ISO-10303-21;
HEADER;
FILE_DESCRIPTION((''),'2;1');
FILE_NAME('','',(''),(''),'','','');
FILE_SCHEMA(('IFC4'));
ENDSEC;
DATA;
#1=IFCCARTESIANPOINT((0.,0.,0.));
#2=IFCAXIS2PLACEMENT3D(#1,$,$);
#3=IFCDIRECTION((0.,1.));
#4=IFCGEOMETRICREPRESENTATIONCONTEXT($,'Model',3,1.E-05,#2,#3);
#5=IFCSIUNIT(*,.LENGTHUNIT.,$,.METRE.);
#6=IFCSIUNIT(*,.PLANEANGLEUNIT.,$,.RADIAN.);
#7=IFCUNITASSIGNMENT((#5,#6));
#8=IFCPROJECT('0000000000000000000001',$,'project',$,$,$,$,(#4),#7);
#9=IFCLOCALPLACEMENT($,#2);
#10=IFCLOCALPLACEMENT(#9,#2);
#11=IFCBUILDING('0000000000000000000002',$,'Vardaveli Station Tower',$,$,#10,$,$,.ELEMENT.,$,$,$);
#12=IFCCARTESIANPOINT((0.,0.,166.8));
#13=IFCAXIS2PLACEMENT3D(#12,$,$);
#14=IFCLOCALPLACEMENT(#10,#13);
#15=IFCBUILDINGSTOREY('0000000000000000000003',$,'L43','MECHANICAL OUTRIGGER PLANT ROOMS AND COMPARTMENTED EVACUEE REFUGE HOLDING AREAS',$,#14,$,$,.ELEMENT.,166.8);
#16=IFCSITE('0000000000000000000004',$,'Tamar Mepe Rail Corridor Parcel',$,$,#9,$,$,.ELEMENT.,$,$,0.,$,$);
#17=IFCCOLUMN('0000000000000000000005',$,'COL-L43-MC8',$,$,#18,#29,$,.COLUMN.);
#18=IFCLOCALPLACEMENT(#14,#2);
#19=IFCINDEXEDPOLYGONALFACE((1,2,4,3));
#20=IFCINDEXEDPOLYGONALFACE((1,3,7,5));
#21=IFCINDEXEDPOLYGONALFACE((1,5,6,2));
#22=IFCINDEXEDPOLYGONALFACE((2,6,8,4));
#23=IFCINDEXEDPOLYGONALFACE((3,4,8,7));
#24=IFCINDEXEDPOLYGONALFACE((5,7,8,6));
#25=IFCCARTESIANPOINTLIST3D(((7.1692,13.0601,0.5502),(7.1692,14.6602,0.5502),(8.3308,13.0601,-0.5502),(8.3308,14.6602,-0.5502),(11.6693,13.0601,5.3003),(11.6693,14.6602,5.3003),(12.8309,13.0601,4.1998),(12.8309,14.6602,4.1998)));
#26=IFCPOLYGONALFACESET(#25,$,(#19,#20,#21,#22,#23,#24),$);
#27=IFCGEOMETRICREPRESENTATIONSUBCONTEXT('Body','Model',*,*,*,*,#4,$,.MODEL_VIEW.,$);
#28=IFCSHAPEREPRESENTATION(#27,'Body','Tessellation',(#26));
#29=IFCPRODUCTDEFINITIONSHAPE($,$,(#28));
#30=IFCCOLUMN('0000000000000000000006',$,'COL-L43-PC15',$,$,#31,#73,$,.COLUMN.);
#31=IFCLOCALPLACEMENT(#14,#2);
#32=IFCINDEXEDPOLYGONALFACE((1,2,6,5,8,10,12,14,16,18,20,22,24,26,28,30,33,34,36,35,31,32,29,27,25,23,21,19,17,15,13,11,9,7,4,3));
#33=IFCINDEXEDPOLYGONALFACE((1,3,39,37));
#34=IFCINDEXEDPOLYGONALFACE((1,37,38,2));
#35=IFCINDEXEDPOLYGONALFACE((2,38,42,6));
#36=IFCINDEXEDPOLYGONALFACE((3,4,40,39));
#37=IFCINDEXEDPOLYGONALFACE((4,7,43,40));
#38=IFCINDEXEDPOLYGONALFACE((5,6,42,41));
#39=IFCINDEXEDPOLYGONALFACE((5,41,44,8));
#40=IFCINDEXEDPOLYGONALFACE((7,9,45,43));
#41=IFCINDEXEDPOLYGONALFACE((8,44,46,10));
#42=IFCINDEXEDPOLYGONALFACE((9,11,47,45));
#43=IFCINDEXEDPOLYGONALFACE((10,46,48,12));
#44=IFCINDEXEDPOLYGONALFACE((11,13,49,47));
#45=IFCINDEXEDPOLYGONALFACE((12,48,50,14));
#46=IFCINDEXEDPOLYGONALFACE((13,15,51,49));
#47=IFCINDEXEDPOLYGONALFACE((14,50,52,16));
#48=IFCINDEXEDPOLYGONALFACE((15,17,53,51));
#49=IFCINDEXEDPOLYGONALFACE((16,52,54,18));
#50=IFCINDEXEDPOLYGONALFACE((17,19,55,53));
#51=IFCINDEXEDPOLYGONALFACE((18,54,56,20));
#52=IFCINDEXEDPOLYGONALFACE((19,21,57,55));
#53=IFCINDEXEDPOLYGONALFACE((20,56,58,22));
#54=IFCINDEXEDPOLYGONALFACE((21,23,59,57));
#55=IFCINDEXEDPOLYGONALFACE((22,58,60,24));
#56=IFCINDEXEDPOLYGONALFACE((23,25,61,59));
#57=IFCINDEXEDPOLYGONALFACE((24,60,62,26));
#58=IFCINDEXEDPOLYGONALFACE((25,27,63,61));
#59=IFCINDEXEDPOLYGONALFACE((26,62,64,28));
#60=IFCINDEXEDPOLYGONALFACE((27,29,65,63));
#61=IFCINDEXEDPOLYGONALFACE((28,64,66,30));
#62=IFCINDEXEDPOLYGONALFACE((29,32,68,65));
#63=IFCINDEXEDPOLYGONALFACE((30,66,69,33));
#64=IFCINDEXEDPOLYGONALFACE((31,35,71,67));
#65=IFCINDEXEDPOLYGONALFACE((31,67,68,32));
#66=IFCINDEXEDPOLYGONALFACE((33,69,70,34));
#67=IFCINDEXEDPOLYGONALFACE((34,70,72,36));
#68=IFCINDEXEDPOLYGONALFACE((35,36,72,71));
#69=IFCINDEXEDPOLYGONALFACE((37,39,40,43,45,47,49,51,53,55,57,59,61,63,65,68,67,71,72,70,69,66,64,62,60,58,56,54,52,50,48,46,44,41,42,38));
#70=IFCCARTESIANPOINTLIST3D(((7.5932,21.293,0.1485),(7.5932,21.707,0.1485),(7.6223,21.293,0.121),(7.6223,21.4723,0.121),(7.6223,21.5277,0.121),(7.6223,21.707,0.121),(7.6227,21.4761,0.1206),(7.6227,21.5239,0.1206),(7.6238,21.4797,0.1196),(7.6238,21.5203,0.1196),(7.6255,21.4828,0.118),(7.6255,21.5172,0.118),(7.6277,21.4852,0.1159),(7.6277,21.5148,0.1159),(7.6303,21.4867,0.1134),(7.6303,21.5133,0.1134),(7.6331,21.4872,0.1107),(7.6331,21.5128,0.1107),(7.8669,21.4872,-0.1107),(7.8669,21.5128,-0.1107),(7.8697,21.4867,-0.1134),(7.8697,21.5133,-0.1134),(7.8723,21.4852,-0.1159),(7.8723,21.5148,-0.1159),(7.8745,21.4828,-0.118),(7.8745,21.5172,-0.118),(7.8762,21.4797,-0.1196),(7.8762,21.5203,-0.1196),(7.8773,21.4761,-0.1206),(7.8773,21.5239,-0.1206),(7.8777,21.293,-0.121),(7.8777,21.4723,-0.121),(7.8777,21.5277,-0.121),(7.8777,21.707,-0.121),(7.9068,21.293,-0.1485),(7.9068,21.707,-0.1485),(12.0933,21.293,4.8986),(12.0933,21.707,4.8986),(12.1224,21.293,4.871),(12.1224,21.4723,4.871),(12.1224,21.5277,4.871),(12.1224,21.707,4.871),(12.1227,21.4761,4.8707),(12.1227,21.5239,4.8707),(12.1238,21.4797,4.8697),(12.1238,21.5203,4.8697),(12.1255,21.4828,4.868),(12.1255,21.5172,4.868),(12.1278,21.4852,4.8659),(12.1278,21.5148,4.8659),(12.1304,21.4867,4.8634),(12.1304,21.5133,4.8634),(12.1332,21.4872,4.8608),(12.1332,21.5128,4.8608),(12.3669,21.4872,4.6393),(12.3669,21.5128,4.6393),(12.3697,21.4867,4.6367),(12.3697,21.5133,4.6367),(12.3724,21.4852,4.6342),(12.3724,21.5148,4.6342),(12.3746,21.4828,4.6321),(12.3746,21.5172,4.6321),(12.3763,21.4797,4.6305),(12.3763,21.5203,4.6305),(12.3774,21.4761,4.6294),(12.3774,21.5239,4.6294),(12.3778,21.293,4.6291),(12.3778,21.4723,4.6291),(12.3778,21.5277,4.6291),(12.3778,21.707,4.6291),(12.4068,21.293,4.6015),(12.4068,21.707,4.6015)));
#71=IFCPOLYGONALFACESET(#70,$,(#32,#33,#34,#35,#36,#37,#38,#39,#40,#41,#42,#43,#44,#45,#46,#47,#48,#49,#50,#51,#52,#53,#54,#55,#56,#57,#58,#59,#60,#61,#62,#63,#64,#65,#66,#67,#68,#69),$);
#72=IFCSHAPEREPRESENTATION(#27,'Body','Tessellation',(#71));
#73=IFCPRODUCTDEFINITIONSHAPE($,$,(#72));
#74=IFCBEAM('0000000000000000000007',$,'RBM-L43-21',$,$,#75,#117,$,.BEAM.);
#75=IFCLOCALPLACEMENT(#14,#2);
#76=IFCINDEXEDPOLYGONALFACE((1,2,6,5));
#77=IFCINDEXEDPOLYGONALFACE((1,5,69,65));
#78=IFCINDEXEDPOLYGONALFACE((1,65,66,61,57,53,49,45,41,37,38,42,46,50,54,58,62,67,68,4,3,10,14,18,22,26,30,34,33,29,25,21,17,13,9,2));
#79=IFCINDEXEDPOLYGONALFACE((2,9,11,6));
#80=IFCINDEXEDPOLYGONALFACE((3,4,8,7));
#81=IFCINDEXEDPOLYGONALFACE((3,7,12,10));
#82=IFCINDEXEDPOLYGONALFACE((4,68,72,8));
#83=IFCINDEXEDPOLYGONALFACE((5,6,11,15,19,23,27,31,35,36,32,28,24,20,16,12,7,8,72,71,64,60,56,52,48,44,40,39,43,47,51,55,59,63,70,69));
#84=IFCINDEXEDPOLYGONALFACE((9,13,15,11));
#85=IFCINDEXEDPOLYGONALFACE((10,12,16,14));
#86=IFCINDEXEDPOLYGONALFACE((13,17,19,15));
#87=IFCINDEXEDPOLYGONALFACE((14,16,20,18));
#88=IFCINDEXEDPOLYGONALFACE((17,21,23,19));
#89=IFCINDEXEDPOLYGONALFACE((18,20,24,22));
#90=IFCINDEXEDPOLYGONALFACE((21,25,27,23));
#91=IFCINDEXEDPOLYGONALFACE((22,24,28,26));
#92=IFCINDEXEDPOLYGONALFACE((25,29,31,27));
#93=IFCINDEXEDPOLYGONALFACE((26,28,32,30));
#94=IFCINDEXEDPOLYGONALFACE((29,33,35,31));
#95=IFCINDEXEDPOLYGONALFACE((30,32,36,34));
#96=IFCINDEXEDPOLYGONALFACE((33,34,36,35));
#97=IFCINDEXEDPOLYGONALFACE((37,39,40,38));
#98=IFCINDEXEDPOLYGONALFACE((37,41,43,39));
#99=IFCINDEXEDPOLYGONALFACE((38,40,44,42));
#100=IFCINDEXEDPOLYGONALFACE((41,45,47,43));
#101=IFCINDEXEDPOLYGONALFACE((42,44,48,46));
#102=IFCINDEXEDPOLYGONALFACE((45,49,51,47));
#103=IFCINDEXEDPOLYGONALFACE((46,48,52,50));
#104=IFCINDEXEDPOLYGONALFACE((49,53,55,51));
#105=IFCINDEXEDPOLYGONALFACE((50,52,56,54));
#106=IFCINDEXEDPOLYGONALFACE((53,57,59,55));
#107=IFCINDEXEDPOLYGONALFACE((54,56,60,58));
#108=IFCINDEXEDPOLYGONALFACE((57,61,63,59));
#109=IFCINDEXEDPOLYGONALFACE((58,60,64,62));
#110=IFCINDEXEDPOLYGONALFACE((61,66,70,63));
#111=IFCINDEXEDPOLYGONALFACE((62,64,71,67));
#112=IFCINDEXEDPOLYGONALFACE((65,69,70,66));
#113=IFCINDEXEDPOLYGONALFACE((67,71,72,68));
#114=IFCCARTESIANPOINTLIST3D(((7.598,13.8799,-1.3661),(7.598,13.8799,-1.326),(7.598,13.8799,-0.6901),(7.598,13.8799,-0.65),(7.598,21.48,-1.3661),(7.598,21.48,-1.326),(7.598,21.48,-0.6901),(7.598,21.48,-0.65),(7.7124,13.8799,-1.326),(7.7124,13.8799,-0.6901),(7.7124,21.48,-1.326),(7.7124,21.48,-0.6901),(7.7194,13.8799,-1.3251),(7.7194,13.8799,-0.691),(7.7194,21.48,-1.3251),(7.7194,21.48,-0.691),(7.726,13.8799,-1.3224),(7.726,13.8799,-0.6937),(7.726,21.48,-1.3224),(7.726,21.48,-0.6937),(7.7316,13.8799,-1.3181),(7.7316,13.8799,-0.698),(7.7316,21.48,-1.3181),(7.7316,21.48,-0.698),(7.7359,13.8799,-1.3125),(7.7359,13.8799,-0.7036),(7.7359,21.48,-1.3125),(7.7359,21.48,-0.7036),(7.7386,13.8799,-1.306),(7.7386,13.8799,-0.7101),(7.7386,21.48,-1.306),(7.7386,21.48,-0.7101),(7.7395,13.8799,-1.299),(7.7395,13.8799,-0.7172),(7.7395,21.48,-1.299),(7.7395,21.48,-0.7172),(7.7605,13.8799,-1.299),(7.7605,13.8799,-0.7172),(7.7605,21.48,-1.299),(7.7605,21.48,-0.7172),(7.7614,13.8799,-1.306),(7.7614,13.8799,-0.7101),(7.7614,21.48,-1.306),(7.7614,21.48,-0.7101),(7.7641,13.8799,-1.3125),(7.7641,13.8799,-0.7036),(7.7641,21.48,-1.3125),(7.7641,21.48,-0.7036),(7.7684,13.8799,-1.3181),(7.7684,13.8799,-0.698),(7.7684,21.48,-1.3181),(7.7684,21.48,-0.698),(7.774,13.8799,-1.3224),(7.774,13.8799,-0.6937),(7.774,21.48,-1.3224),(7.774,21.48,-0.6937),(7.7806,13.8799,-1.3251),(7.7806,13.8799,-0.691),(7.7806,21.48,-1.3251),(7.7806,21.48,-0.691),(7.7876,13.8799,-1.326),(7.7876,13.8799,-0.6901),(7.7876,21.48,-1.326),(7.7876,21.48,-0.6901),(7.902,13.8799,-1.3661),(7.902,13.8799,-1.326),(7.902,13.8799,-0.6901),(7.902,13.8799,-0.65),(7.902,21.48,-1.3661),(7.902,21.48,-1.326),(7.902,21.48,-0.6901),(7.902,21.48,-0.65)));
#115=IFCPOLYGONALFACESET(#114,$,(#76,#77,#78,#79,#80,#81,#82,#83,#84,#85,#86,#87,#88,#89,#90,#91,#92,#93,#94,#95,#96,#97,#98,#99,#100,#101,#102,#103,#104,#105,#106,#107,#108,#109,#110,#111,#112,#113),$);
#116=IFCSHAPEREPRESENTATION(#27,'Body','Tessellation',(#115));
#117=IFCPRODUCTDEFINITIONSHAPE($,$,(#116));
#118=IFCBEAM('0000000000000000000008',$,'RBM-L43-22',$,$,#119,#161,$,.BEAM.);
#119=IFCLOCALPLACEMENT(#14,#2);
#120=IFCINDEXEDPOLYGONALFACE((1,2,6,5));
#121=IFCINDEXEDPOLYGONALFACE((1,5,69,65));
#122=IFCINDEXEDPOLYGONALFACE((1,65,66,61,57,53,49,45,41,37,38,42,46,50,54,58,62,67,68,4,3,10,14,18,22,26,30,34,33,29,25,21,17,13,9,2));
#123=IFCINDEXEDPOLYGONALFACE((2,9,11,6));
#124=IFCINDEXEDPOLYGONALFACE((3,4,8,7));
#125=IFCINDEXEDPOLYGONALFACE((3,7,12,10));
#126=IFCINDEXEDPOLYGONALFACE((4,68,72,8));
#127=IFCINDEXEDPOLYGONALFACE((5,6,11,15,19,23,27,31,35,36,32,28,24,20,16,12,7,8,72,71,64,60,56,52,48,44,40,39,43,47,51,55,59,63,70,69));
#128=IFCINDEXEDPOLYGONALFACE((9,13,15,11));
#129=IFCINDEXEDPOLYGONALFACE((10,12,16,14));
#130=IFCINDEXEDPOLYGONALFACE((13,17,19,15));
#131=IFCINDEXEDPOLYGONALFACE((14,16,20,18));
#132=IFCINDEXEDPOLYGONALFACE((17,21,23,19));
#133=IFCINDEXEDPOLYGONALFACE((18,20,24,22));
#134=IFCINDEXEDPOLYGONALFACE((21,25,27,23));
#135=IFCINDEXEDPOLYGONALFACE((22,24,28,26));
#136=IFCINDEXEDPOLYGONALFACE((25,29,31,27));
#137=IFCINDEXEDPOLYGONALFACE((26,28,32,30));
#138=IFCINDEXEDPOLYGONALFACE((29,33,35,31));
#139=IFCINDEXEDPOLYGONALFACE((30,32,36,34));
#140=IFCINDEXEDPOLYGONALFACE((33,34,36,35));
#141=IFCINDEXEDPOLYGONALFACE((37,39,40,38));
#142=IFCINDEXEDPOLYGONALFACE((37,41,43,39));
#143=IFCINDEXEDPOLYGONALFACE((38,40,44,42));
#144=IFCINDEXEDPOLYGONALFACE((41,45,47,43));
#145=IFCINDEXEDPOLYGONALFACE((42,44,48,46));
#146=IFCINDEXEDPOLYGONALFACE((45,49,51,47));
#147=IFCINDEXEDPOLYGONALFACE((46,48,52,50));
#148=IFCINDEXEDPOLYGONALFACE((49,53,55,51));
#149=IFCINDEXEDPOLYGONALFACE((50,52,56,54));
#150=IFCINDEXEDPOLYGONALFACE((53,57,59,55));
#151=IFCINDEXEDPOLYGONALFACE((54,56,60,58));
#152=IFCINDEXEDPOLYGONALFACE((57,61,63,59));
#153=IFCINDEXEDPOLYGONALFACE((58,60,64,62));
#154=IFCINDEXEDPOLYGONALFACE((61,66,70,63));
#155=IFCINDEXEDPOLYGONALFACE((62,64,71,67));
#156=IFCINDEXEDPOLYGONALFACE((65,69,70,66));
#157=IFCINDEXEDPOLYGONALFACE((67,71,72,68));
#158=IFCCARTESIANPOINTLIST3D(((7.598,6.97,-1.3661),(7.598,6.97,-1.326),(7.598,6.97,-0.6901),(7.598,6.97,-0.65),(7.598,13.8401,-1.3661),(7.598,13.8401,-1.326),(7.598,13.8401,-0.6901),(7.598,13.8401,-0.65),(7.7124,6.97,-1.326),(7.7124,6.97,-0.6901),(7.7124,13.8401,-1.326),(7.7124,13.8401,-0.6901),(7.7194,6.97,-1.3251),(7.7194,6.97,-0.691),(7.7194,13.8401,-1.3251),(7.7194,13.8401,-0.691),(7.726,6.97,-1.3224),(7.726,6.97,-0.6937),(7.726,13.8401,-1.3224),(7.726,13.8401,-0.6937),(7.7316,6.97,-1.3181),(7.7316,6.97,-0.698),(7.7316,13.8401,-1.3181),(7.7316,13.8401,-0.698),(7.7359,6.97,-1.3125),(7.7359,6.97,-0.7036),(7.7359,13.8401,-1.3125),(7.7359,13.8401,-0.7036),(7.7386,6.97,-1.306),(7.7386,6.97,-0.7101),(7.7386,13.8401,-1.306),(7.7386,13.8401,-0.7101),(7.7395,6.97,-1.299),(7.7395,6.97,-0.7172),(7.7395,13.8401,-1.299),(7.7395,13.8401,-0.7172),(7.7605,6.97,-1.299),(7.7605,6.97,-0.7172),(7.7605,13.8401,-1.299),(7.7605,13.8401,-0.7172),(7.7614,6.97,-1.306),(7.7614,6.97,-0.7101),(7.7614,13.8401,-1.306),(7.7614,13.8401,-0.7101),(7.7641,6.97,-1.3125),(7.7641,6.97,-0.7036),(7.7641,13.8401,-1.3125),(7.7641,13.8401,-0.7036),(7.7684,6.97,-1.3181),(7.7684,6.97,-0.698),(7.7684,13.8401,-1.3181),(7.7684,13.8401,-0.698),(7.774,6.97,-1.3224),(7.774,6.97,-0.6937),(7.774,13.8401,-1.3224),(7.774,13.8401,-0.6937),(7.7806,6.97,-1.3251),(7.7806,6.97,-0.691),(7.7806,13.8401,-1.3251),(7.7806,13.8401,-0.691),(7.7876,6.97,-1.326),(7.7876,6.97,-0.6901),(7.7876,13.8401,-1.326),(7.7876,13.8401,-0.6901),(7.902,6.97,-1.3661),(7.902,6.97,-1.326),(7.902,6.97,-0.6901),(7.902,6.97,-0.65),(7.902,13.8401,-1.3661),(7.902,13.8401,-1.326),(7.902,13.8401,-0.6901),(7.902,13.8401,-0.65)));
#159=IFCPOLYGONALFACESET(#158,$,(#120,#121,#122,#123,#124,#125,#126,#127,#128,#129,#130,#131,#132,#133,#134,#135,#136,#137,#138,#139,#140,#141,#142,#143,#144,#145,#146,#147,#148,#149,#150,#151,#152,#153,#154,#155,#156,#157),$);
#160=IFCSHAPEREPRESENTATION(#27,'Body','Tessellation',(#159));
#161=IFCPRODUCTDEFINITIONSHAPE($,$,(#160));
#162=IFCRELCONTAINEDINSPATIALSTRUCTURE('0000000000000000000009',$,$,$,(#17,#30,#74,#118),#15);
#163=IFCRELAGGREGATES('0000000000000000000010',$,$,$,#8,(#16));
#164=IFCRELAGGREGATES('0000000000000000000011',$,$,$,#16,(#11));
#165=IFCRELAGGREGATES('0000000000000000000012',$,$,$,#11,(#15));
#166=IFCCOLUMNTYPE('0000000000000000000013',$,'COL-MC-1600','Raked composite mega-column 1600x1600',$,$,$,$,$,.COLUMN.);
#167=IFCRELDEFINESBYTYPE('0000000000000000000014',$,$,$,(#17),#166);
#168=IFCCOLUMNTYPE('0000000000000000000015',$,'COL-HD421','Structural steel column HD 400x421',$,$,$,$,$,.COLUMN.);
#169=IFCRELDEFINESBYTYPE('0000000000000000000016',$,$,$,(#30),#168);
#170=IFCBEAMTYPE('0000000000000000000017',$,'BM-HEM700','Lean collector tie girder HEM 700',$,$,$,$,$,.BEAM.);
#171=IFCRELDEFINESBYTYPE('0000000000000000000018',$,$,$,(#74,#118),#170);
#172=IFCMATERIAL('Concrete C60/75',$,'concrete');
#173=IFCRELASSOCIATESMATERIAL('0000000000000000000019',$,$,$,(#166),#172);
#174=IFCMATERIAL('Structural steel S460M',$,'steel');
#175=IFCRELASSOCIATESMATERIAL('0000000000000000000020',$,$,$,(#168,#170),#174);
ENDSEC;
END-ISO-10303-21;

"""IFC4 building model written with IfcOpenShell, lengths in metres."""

from ifc_helpers import new_model, si_unit, direction, frame, origin, origin_2d, place, context, subcontext, project, spatial, rectangle, i_section, extrude, source, transform, mapped, material, material_profile, profile_set, type_object, element, save


model = new_model("IFC4")

# Units and contexts
model_context = context("Model", 3, precision=1e-05, world=origin(), true_north=direction((0.0, 1.0)))
body_context = subcontext(model_context, "Body", "Model", "MODEL_VIEW")
ifc_project = project(units=[si_unit("LENGTHUNIT", "METRE"), si_unit("PLANEANGLEUNIT", "RADIAN")], contexts=[model_context])

# Site, building, storey
site_placement = place(None, origin())
site = spatial("IfcSite", under=ifc_project, at=site_placement, Name="Tamar Mepe Rail Corridor Parcel", CompositionType="ELEMENT", RefElevation=0.0)
building_placement = place(site_placement, origin())
building = spatial("IfcBuilding", under=site, at=building_placement, Name="Vardaveli Station Tower", CompositionType="ELEMENT")
storey_placement = place(building_placement, frame((0.0, 0.0, 166.8)))
storey = spatial("IfcBuildingStorey", under=building, at=storey_placement, Name="L43", Description="MECHANICAL OUTRIGGER PLANT ROOMS AND COMPARTMENTED EVACUEE REFUGE HOLDING AREAS", CompositionType="ELEMENT", Elevation=166.8)

# Columns
ifc_material_1 = material(Name="Concrete C60/75", Category="concrete")
ifc_material_profile_1 = material_profile(ifc_material_1, rectangle(XDim=1.6001, YDim=1.6001, at=origin_2d()), Name="MC 1600x1600")
ifc_profile_set_1 = profile_set([ifc_material_profile_1], Name="Concrete C60/75")
column_type_1 = type_object("IfcColumnType", Name="COL-MC-1600", Description="Raked composite mega-column 1600x1600", PredefinedType="COLUMN", material=ifc_profile_set_1)
shared_shape_1 = source(origin(), body_context, "Body", "SweptSolid", [
    extrude(rectangle(XDim=1.6001, YDim=1.6001, at=origin_2d()), origin(), (0.0, 0.0, 1.0), 6.5432),
])
column_1_placement = place(storey_placement, frame((7.75, 13.8601, 0.0), z_axis=(0.687745, 0.0, 0.725953), x_axis=(0.0, 1.0, 0.0)))
element("IfcColumn", 1, at=column_1_placement, inside=storey, type_object=column_type_1, Name="COL-L43-MC8", PredefinedType="COLUMN", context=body_context, shape_type="MappedRepresentation", body=[
    mapped(shared_shape_1, transform((0.0, 0.0, 0.0), scale=1.0)),
])
ifc_material_2 = material(Name="Structural steel S460M", Category="steel")
ifc_material_profile_2 = material_profile(ifc_material_2, i_section(OverallWidth=0.4141, OverallDepth=0.4319, WebThickness=0.0256, FlangeThickness=0.04, FilletRadius=0.0149, at=origin_2d()), Name="HD 400x421")
ifc_profile_set_2 = profile_set([ifc_material_profile_2], Name="Structural steel S460M")
column_type_2 = type_object("IfcColumnType", Name="COL-HD421", Description="Structural steel column HD 400x421", PredefinedType="COLUMN", material=ifc_profile_set_2)
shared_shape_2 = source(origin(), body_context, "Body", "SweptSolid", [
    extrude(i_section(OverallWidth=0.4141, OverallDepth=0.4319, WebThickness=0.0256, FlangeThickness=0.04, FilletRadius=0.0149, at=origin_2d()), origin(), (0.0, 0.0, 1.0), 6.5432),
])
column_2_placement = place(storey_placement, frame((7.75, 21.5, 0.0), z_axis=(0.687745, 0.0, 0.725953), x_axis=(0.0, 1.0, 0.0)))
element("IfcColumn", 2, at=column_2_placement, inside=storey, type_object=column_type_2, Name="COL-L43-PC15", PredefinedType="COLUMN", context=body_context, shape_type="MappedRepresentation", body=[
    mapped(shared_shape_2, transform((0.0, 0.0, 0.0), scale=1.0)),
])

# Beams
ifc_material_profile_3 = material_profile(ifc_material_2, i_section(OverallWidth=0.304, OverallDepth=0.7161, WebThickness=0.021, FlangeThickness=0.04, FilletRadius=0.0271, at=origin_2d()), Name="HEM 700")
ifc_profile_set_3 = profile_set([ifc_material_profile_3], Name="Structural steel S460M")
beam_type_1 = type_object("IfcBeamType", Name="BM-HEM700", Description="Lean collector tie girder HEM 700", PredefinedType="BEAM", material=ifc_profile_set_3)
shared_shape_3 = source(origin(), body_context, "Body", "SweptSolid", [
    extrude(i_section(OverallWidth=0.304, OverallDepth=0.7161, WebThickness=0.021, FlangeThickness=0.04, FilletRadius=0.0271, at=origin_2d()), origin(), (0.0, 0.0, 1.0), 7.6001),
])
beam_1_placement = place(storey_placement, frame((7.75, 21.48, -1.0081), z_axis=(0.0, -1.0, 0.0), x_axis=(1.0, 0.0, 0.0)))
element("IfcBeam", 3, at=beam_1_placement, inside=storey, type_object=beam_type_1, Name="RBM-L43-21", PredefinedType="BEAM", context=body_context, shape_type="MappedRepresentation", body=[
    mapped(shared_shape_3, transform((0.0, 0.0, 0.0), scale=1.0)),
])
shared_shape_4 = source(origin(), body_context, "Body", "SweptSolid", [
    extrude(i_section(OverallWidth=0.304, OverallDepth=0.7161, WebThickness=0.021, FlangeThickness=0.04, FilletRadius=0.0271, at=origin_2d()), origin(), (0.0, 0.0, 1.0), 6.8701),
])
beam_2_placement = place(storey_placement, frame((7.75, 13.8401, -1.0081), z_axis=(0.0, -1.0, 0.0), x_axis=(1.0, 0.0, 0.0)))
element("IfcBeam", 4, at=beam_2_placement, inside=storey, type_object=beam_type_1, Name="RBM-L43-22", PredefinedType="BEAM", context=body_context, shape_type="MappedRepresentation", body=[
    mapped(shared_shape_4, transform((0.0, 0.0, 0.0), scale=1.0)),
])

save(model, "model.ifc")
